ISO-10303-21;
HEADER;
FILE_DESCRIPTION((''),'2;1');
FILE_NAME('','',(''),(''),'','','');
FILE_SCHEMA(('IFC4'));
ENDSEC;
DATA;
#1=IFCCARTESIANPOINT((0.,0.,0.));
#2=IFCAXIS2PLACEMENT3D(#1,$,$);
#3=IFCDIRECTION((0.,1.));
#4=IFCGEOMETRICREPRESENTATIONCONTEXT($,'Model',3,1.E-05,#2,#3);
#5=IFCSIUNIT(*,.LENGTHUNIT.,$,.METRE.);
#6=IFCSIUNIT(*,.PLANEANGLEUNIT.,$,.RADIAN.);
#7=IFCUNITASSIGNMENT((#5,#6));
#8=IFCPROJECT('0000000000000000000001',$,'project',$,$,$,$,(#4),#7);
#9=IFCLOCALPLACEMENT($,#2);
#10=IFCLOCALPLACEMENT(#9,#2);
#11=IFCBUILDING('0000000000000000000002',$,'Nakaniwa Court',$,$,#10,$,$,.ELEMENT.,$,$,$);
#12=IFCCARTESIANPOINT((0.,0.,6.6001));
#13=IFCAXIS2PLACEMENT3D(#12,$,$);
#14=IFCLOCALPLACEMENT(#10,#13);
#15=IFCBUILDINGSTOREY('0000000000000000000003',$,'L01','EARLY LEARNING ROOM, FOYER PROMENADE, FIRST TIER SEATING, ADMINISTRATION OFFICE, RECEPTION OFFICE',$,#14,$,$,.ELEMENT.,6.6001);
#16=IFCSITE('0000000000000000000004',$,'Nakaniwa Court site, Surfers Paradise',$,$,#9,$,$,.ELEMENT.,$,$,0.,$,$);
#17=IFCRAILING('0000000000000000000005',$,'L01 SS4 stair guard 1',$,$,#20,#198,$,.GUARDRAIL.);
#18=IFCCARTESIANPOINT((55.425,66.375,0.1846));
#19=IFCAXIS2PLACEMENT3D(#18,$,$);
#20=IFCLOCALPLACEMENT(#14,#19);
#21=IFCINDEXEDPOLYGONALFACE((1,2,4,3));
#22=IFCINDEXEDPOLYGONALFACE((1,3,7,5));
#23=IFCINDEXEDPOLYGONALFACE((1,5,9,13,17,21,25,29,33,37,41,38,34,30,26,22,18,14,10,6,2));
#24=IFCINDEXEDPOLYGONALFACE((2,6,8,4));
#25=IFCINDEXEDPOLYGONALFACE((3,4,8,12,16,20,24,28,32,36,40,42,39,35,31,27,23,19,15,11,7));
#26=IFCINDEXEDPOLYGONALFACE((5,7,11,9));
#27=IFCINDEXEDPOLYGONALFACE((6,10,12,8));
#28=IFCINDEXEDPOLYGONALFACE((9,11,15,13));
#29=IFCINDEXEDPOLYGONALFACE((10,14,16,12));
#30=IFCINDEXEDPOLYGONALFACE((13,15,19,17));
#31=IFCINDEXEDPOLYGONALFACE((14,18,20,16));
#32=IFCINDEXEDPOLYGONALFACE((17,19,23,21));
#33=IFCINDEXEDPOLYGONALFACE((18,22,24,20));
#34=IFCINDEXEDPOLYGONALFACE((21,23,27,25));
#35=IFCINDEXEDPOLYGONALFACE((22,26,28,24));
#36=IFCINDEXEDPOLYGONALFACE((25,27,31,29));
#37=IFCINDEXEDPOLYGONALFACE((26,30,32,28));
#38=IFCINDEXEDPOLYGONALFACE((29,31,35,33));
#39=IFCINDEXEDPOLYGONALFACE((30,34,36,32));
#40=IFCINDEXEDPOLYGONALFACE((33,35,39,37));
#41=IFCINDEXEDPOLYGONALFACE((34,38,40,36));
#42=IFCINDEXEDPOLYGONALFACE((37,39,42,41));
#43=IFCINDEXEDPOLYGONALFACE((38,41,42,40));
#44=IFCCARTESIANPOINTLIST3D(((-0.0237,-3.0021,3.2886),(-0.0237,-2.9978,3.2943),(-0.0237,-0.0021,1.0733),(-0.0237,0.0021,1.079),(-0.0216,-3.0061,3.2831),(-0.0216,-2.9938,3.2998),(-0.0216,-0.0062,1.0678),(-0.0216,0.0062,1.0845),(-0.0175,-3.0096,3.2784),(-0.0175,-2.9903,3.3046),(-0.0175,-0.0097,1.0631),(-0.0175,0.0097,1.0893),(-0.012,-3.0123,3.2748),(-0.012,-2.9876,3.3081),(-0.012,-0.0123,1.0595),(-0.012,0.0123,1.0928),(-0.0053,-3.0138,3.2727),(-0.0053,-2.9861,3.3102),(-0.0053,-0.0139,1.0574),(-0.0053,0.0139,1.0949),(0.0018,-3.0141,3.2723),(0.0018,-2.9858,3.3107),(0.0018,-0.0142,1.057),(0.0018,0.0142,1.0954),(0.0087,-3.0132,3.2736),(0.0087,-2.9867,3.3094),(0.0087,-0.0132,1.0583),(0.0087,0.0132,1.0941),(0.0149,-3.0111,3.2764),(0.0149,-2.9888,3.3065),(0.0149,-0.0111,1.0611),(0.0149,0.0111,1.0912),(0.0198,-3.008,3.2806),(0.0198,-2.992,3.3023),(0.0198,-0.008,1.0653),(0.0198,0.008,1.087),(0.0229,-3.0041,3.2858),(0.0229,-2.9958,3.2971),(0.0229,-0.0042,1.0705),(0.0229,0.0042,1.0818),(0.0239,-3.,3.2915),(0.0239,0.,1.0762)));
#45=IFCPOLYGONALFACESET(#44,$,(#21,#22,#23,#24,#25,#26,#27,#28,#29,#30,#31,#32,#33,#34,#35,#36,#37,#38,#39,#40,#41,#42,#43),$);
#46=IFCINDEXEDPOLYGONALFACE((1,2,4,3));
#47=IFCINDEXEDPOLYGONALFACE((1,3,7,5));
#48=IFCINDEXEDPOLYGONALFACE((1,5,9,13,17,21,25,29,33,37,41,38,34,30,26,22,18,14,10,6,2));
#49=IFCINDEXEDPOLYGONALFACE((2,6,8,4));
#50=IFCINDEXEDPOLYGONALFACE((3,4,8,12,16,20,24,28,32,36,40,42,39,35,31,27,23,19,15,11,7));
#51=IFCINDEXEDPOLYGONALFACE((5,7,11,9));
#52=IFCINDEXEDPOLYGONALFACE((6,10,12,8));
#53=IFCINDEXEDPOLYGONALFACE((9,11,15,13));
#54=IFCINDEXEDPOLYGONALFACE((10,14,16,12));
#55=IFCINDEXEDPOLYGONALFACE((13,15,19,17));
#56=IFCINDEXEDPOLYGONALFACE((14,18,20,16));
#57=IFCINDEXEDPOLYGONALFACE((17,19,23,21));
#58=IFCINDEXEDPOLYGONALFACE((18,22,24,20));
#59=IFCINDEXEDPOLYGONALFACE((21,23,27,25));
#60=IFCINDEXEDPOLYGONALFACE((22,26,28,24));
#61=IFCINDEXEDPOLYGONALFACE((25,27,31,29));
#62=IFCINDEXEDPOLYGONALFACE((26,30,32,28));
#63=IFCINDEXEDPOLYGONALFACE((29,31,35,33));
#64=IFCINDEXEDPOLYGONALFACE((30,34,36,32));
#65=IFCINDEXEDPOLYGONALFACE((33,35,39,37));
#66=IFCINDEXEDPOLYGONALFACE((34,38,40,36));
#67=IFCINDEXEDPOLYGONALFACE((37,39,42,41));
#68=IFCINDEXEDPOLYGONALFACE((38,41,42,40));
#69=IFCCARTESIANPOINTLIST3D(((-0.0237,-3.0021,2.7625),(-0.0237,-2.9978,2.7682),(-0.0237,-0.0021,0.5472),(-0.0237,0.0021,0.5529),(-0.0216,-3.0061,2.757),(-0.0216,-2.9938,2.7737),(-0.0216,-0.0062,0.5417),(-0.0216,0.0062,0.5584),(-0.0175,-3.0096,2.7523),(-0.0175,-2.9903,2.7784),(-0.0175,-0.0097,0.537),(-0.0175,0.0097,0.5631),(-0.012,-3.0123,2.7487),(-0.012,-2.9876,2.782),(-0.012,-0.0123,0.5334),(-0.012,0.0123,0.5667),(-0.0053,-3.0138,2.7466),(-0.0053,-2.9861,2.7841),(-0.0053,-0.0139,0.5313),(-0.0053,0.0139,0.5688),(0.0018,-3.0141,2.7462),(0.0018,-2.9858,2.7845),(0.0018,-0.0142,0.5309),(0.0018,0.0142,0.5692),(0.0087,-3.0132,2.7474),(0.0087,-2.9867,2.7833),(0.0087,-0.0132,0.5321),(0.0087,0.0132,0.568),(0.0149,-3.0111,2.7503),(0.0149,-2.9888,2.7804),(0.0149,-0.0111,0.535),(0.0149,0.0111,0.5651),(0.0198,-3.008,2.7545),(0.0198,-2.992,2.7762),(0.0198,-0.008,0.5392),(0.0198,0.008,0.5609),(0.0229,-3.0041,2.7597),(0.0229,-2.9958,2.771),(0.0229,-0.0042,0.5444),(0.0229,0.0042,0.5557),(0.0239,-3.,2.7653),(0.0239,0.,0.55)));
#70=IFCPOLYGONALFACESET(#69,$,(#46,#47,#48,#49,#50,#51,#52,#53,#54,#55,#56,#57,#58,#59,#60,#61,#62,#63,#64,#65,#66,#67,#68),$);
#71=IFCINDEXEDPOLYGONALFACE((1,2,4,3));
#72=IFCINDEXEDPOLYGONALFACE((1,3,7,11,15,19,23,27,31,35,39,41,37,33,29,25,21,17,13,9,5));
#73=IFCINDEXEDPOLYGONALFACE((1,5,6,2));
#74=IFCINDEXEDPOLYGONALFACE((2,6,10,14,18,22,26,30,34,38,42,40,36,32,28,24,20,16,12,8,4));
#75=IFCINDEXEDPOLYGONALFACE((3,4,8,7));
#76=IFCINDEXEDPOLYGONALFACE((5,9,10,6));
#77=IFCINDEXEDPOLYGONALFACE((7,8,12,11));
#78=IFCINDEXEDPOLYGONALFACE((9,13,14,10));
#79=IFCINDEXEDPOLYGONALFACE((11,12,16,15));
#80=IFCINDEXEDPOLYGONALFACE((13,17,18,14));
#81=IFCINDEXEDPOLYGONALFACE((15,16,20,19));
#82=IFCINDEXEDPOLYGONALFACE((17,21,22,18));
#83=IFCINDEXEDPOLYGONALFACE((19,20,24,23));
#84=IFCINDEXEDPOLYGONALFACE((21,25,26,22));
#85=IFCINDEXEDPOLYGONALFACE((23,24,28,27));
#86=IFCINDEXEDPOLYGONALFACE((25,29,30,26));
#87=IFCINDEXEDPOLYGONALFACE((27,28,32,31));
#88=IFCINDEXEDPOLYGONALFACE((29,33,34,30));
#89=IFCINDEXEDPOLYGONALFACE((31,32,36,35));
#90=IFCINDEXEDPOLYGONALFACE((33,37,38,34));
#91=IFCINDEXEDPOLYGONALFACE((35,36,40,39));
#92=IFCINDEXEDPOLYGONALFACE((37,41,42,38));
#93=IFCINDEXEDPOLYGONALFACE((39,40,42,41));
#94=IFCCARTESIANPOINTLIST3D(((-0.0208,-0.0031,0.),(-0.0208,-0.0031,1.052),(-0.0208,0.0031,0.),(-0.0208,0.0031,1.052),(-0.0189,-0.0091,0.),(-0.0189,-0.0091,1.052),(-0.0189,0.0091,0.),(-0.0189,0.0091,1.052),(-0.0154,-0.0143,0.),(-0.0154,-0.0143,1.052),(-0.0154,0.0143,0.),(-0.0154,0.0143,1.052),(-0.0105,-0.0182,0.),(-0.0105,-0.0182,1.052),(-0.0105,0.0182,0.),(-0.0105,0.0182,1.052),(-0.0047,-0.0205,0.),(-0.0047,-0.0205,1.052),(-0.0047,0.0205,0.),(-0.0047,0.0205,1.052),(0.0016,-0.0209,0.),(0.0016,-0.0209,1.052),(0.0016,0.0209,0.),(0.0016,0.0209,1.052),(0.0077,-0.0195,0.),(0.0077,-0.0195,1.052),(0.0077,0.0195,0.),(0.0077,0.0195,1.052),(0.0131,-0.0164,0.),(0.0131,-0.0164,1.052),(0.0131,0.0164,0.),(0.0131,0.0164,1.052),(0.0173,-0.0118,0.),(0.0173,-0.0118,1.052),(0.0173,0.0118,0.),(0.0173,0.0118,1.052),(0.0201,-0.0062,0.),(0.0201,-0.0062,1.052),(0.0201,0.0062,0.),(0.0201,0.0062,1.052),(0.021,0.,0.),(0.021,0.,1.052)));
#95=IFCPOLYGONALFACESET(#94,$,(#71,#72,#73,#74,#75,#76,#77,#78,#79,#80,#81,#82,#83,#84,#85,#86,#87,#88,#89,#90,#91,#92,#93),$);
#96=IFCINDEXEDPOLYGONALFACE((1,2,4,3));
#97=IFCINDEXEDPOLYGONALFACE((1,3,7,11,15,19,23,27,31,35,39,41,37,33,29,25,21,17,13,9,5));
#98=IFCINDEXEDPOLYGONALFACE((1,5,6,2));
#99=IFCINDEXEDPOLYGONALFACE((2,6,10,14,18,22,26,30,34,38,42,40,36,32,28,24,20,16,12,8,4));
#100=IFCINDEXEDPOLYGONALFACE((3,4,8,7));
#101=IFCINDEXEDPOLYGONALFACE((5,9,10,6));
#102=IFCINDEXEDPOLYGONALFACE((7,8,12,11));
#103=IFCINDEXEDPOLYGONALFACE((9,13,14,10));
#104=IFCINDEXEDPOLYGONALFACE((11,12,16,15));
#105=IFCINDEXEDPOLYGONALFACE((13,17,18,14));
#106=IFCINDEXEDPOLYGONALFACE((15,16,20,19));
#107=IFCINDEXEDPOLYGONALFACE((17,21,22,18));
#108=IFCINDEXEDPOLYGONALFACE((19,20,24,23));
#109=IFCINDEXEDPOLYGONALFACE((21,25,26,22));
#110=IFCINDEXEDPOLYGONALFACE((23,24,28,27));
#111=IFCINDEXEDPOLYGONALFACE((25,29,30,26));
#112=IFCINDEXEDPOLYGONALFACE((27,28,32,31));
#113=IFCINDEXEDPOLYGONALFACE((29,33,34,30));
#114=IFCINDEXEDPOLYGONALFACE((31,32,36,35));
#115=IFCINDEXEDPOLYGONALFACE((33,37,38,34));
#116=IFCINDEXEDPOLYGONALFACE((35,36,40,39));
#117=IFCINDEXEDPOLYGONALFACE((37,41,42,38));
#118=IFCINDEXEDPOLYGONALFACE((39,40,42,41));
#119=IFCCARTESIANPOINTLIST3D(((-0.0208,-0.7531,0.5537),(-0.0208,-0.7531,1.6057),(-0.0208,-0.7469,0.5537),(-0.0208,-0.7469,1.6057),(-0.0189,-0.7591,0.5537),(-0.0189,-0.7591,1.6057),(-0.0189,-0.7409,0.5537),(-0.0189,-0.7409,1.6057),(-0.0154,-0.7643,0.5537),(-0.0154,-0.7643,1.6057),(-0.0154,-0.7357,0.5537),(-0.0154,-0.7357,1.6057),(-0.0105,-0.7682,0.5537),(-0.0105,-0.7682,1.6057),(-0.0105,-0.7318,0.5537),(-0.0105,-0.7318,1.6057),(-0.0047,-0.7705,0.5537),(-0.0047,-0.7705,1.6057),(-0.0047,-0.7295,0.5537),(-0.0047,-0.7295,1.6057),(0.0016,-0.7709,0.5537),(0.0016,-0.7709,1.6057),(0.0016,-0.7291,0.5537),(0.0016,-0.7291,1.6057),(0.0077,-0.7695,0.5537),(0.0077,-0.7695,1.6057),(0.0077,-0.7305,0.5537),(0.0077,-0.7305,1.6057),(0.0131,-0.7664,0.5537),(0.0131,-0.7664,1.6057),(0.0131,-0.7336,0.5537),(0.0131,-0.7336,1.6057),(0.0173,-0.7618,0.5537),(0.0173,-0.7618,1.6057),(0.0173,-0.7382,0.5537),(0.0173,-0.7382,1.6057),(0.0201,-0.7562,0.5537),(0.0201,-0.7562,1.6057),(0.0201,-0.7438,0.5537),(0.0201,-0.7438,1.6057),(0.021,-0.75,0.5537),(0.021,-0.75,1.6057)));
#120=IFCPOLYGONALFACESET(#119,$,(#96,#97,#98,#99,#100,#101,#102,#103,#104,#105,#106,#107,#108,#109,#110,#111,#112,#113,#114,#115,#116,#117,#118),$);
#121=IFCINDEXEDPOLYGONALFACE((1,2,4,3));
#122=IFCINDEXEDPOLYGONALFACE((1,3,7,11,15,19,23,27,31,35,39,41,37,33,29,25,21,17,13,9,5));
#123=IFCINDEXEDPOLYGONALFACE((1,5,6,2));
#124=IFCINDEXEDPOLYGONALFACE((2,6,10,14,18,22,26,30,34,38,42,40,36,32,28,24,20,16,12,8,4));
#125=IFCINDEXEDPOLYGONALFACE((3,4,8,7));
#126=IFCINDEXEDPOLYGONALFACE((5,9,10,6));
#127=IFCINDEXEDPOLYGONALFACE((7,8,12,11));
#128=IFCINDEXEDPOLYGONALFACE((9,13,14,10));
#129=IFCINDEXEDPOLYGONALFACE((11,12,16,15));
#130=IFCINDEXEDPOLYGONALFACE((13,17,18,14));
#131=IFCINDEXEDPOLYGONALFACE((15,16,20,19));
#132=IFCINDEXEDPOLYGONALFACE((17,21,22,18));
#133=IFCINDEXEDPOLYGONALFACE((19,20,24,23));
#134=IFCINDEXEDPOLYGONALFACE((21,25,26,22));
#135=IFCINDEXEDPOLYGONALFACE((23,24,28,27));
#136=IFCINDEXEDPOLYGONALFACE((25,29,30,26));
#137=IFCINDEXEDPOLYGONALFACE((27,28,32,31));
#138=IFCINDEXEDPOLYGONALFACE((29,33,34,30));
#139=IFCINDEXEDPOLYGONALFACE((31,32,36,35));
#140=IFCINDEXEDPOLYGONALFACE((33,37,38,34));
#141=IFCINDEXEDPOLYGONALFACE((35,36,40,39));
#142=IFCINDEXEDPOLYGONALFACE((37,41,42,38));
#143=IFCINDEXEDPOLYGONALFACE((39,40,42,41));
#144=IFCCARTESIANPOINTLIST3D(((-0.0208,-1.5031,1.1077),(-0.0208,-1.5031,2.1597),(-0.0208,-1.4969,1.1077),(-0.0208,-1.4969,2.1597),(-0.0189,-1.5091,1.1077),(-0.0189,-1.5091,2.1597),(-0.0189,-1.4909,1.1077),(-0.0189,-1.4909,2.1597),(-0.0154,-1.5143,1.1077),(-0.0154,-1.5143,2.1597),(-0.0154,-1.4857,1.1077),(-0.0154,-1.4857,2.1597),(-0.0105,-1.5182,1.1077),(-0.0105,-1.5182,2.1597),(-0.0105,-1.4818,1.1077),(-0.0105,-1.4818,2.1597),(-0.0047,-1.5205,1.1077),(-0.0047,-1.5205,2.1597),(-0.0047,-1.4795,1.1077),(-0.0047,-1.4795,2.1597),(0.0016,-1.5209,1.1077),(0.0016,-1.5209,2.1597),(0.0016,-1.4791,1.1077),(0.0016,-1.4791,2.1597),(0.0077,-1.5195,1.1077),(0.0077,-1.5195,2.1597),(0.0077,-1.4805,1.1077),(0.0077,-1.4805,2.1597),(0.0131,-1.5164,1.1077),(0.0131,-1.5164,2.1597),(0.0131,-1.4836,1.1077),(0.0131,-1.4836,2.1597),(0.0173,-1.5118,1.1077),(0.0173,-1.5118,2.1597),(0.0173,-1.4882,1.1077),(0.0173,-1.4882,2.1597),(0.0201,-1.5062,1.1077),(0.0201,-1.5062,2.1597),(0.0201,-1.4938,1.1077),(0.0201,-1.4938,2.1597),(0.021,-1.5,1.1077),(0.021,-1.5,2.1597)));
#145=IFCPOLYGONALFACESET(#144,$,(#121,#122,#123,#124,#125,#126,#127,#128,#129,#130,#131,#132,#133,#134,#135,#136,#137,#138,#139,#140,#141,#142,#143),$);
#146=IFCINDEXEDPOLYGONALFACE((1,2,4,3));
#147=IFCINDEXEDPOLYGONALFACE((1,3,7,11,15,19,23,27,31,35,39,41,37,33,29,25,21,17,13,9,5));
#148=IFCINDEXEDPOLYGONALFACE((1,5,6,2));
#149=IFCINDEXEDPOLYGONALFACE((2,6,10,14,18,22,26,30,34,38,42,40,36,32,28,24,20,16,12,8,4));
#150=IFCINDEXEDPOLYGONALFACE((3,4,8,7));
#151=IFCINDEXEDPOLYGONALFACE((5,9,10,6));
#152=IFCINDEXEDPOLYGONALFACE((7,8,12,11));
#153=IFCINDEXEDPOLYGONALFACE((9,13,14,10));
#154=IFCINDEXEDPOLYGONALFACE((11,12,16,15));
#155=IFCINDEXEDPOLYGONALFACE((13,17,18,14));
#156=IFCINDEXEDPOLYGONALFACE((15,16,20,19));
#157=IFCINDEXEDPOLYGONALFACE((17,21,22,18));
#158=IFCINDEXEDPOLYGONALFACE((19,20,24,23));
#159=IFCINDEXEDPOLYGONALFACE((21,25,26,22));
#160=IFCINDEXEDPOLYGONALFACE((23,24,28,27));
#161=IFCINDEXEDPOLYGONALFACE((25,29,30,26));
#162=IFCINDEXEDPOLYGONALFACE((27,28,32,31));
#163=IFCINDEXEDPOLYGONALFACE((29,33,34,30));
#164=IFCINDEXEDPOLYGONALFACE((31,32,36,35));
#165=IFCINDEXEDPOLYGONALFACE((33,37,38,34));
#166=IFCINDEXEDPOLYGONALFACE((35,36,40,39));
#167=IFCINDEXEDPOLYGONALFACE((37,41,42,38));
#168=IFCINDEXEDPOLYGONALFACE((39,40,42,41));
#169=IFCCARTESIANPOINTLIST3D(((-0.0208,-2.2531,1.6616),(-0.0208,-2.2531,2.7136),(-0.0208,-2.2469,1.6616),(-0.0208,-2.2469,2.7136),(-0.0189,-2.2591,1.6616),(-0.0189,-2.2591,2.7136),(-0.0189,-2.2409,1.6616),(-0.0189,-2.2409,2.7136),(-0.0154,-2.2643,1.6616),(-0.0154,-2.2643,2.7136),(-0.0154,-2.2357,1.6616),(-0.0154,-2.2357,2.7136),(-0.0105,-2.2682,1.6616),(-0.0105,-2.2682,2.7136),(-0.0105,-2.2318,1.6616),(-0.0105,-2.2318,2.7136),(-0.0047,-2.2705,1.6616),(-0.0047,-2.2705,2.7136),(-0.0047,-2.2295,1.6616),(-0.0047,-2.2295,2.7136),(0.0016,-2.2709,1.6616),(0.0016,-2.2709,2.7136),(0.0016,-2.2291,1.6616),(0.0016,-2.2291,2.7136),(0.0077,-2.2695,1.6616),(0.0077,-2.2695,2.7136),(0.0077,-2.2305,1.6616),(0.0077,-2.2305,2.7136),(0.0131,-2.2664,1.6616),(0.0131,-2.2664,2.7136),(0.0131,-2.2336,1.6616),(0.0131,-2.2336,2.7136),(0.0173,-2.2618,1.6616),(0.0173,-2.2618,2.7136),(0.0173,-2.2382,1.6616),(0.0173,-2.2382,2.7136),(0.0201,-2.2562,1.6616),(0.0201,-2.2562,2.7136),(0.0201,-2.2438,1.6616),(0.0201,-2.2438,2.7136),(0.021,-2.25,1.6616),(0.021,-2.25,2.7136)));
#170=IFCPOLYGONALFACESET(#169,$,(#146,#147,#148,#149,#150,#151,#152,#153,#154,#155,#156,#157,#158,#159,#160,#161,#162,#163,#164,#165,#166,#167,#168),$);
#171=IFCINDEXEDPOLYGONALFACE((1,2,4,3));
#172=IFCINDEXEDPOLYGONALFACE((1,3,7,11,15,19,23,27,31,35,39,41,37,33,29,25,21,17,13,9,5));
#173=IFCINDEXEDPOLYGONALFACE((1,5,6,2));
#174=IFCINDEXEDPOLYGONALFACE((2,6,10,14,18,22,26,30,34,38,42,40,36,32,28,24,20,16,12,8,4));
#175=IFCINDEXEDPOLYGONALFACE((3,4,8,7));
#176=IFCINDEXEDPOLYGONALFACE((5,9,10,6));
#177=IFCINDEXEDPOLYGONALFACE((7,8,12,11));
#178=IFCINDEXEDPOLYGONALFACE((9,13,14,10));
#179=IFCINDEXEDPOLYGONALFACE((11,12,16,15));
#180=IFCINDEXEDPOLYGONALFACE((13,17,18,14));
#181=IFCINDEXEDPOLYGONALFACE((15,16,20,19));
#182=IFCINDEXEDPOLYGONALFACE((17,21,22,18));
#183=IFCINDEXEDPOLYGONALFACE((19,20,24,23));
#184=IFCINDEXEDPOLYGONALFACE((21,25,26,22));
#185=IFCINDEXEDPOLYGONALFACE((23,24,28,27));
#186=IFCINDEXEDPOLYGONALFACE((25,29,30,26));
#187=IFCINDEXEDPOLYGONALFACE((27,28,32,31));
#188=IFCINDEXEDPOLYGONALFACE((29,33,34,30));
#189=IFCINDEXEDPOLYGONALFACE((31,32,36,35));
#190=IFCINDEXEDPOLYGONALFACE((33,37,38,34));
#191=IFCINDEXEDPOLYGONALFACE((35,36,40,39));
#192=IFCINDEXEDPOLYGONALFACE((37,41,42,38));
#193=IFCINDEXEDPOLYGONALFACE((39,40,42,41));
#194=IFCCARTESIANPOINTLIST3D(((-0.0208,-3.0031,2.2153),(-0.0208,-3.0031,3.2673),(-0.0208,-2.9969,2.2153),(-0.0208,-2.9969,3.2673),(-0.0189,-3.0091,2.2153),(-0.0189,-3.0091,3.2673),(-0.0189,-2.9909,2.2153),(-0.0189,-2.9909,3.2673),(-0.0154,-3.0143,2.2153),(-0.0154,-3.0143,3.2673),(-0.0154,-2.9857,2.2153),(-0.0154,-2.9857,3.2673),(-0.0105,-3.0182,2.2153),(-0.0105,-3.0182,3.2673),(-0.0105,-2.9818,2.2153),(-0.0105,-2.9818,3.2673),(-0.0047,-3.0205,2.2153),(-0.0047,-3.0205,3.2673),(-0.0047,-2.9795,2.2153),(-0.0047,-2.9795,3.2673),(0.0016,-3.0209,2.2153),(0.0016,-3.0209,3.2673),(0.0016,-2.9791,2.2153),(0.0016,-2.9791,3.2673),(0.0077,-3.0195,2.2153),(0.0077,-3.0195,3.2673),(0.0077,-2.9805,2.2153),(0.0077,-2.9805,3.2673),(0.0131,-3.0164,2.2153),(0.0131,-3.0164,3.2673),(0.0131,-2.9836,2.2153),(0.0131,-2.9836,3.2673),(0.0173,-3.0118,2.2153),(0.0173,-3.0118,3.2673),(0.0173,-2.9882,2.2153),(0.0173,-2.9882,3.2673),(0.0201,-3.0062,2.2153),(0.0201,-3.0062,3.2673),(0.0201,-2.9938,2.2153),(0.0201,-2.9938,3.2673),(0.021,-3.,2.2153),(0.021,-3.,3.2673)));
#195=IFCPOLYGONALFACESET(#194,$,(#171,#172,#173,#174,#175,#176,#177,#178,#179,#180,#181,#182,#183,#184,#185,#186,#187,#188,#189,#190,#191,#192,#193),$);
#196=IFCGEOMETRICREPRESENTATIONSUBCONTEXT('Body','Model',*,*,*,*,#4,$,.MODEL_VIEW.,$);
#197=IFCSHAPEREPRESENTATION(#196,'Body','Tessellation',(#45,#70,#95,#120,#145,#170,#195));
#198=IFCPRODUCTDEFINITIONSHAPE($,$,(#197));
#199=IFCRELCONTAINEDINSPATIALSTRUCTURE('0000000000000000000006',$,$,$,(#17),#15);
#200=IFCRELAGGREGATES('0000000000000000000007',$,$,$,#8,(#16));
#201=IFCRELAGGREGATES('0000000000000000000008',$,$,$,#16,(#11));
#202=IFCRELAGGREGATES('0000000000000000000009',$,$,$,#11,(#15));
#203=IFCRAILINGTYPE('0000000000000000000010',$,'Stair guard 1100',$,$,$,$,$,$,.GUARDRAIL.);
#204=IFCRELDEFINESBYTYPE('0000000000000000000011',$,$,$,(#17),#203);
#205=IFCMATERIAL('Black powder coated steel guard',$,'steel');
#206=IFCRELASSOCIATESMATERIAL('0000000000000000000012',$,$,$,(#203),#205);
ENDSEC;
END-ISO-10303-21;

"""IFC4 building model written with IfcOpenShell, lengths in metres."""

from ifc_helpers import new_model, si_unit, direction, frame, origin, origin_2d, place, context, subcontext, project, spatial, circle, extrude, material, type_object, element, save


model = new_model("IFC4")

# Units and contexts
model_context = context("Model", 3, precision=1e-05, world=origin(), true_north=direction((0.0, 1.0)))
body_context = subcontext(model_context, "Body", "Model", "MODEL_VIEW")
ifc_project = project(units=[si_unit("LENGTHUNIT", "METRE"), si_unit("PLANEANGLEUNIT", "RADIAN")], contexts=[model_context])

# Site, building, storey
site_placement = place(None, origin())
site = spatial("IfcSite", under=ifc_project, at=site_placement, Name="Nakaniwa Court site, Surfers Paradise", CompositionType="ELEMENT", RefElevation=0.0)
building_placement = place(site_placement, origin())
building = spatial("IfcBuilding", under=site, at=building_placement, Name="Nakaniwa Court", CompositionType="ELEMENT")
storey_placement = place(building_placement, frame((0.0, 0.0, 6.6001)))
storey = spatial("IfcBuildingStorey", under=building, at=storey_placement, Name="L01", Description="EARLY LEARNING ROOM, FOYER PROMENADE, FIRST TIER SEATING, ADMINISTRATION OFFICE, RECEPTION OFFICE", CompositionType="ELEMENT", Elevation=6.6001)

# Railing
ifc_material_1 = material(Name="Black powder coated steel guard", Category="steel")
railing_type_1 = type_object("IfcRailingType", Name="Stair guard 1100", PredefinedType="GUARDRAIL", material=ifc_material_1)
railing_1_placement = place(storey_placement, frame((55.425, 66.375, 0.1846)))
element("IfcRailing", 1, at=railing_1_placement, inside=storey, type_object=railing_type_1, Name="L01 SS4 stair guard 1", PredefinedType="GUARDRAIL", context=body_context, shape_type="SweptSolid", body=[
    extrude(circle(Radius=0.0239, at=origin_2d()), frame((0.0, 0.0, 1.0762), z_axis=(0.0, -0.80444, 0.594034), x_axis=(1.0, 0.0, 0.0)), (0.0, 0.0, 1.0), 3.7292),
    extrude(circle(Radius=0.0239, at=origin_2d()), frame((0.0, 0.0, 0.55), z_axis=(0.0, -0.80444, 0.594034), x_axis=(1.0, 0.0, 0.0)), (0.0, 0.0, 1.0), 3.7292),
    extrude(circle(Radius=0.021, at=origin_2d()), origin(), (0.0, 0.0, 1.0), 1.052),
    extrude(circle(Radius=0.021, at=origin_2d()), frame((0.0, -0.75, 0.5537)), (0.0, 0.0, 1.0), 1.052),
    extrude(circle(Radius=0.021, at=origin_2d()), frame((0.0, -1.5, 1.1077)), (0.0, 0.0, 1.0), 1.052),
    extrude(circle(Radius=0.021, at=origin_2d()), frame((0.0, -2.25, 1.6616)), (0.0, 0.0, 1.0), 1.052),
    extrude(circle(Radius=0.021, at=origin_2d()), frame((0.0, -3.0, 2.2153)), (0.0, 0.0, 1.0), 1.052),
])

save(model, "model.ifc")
